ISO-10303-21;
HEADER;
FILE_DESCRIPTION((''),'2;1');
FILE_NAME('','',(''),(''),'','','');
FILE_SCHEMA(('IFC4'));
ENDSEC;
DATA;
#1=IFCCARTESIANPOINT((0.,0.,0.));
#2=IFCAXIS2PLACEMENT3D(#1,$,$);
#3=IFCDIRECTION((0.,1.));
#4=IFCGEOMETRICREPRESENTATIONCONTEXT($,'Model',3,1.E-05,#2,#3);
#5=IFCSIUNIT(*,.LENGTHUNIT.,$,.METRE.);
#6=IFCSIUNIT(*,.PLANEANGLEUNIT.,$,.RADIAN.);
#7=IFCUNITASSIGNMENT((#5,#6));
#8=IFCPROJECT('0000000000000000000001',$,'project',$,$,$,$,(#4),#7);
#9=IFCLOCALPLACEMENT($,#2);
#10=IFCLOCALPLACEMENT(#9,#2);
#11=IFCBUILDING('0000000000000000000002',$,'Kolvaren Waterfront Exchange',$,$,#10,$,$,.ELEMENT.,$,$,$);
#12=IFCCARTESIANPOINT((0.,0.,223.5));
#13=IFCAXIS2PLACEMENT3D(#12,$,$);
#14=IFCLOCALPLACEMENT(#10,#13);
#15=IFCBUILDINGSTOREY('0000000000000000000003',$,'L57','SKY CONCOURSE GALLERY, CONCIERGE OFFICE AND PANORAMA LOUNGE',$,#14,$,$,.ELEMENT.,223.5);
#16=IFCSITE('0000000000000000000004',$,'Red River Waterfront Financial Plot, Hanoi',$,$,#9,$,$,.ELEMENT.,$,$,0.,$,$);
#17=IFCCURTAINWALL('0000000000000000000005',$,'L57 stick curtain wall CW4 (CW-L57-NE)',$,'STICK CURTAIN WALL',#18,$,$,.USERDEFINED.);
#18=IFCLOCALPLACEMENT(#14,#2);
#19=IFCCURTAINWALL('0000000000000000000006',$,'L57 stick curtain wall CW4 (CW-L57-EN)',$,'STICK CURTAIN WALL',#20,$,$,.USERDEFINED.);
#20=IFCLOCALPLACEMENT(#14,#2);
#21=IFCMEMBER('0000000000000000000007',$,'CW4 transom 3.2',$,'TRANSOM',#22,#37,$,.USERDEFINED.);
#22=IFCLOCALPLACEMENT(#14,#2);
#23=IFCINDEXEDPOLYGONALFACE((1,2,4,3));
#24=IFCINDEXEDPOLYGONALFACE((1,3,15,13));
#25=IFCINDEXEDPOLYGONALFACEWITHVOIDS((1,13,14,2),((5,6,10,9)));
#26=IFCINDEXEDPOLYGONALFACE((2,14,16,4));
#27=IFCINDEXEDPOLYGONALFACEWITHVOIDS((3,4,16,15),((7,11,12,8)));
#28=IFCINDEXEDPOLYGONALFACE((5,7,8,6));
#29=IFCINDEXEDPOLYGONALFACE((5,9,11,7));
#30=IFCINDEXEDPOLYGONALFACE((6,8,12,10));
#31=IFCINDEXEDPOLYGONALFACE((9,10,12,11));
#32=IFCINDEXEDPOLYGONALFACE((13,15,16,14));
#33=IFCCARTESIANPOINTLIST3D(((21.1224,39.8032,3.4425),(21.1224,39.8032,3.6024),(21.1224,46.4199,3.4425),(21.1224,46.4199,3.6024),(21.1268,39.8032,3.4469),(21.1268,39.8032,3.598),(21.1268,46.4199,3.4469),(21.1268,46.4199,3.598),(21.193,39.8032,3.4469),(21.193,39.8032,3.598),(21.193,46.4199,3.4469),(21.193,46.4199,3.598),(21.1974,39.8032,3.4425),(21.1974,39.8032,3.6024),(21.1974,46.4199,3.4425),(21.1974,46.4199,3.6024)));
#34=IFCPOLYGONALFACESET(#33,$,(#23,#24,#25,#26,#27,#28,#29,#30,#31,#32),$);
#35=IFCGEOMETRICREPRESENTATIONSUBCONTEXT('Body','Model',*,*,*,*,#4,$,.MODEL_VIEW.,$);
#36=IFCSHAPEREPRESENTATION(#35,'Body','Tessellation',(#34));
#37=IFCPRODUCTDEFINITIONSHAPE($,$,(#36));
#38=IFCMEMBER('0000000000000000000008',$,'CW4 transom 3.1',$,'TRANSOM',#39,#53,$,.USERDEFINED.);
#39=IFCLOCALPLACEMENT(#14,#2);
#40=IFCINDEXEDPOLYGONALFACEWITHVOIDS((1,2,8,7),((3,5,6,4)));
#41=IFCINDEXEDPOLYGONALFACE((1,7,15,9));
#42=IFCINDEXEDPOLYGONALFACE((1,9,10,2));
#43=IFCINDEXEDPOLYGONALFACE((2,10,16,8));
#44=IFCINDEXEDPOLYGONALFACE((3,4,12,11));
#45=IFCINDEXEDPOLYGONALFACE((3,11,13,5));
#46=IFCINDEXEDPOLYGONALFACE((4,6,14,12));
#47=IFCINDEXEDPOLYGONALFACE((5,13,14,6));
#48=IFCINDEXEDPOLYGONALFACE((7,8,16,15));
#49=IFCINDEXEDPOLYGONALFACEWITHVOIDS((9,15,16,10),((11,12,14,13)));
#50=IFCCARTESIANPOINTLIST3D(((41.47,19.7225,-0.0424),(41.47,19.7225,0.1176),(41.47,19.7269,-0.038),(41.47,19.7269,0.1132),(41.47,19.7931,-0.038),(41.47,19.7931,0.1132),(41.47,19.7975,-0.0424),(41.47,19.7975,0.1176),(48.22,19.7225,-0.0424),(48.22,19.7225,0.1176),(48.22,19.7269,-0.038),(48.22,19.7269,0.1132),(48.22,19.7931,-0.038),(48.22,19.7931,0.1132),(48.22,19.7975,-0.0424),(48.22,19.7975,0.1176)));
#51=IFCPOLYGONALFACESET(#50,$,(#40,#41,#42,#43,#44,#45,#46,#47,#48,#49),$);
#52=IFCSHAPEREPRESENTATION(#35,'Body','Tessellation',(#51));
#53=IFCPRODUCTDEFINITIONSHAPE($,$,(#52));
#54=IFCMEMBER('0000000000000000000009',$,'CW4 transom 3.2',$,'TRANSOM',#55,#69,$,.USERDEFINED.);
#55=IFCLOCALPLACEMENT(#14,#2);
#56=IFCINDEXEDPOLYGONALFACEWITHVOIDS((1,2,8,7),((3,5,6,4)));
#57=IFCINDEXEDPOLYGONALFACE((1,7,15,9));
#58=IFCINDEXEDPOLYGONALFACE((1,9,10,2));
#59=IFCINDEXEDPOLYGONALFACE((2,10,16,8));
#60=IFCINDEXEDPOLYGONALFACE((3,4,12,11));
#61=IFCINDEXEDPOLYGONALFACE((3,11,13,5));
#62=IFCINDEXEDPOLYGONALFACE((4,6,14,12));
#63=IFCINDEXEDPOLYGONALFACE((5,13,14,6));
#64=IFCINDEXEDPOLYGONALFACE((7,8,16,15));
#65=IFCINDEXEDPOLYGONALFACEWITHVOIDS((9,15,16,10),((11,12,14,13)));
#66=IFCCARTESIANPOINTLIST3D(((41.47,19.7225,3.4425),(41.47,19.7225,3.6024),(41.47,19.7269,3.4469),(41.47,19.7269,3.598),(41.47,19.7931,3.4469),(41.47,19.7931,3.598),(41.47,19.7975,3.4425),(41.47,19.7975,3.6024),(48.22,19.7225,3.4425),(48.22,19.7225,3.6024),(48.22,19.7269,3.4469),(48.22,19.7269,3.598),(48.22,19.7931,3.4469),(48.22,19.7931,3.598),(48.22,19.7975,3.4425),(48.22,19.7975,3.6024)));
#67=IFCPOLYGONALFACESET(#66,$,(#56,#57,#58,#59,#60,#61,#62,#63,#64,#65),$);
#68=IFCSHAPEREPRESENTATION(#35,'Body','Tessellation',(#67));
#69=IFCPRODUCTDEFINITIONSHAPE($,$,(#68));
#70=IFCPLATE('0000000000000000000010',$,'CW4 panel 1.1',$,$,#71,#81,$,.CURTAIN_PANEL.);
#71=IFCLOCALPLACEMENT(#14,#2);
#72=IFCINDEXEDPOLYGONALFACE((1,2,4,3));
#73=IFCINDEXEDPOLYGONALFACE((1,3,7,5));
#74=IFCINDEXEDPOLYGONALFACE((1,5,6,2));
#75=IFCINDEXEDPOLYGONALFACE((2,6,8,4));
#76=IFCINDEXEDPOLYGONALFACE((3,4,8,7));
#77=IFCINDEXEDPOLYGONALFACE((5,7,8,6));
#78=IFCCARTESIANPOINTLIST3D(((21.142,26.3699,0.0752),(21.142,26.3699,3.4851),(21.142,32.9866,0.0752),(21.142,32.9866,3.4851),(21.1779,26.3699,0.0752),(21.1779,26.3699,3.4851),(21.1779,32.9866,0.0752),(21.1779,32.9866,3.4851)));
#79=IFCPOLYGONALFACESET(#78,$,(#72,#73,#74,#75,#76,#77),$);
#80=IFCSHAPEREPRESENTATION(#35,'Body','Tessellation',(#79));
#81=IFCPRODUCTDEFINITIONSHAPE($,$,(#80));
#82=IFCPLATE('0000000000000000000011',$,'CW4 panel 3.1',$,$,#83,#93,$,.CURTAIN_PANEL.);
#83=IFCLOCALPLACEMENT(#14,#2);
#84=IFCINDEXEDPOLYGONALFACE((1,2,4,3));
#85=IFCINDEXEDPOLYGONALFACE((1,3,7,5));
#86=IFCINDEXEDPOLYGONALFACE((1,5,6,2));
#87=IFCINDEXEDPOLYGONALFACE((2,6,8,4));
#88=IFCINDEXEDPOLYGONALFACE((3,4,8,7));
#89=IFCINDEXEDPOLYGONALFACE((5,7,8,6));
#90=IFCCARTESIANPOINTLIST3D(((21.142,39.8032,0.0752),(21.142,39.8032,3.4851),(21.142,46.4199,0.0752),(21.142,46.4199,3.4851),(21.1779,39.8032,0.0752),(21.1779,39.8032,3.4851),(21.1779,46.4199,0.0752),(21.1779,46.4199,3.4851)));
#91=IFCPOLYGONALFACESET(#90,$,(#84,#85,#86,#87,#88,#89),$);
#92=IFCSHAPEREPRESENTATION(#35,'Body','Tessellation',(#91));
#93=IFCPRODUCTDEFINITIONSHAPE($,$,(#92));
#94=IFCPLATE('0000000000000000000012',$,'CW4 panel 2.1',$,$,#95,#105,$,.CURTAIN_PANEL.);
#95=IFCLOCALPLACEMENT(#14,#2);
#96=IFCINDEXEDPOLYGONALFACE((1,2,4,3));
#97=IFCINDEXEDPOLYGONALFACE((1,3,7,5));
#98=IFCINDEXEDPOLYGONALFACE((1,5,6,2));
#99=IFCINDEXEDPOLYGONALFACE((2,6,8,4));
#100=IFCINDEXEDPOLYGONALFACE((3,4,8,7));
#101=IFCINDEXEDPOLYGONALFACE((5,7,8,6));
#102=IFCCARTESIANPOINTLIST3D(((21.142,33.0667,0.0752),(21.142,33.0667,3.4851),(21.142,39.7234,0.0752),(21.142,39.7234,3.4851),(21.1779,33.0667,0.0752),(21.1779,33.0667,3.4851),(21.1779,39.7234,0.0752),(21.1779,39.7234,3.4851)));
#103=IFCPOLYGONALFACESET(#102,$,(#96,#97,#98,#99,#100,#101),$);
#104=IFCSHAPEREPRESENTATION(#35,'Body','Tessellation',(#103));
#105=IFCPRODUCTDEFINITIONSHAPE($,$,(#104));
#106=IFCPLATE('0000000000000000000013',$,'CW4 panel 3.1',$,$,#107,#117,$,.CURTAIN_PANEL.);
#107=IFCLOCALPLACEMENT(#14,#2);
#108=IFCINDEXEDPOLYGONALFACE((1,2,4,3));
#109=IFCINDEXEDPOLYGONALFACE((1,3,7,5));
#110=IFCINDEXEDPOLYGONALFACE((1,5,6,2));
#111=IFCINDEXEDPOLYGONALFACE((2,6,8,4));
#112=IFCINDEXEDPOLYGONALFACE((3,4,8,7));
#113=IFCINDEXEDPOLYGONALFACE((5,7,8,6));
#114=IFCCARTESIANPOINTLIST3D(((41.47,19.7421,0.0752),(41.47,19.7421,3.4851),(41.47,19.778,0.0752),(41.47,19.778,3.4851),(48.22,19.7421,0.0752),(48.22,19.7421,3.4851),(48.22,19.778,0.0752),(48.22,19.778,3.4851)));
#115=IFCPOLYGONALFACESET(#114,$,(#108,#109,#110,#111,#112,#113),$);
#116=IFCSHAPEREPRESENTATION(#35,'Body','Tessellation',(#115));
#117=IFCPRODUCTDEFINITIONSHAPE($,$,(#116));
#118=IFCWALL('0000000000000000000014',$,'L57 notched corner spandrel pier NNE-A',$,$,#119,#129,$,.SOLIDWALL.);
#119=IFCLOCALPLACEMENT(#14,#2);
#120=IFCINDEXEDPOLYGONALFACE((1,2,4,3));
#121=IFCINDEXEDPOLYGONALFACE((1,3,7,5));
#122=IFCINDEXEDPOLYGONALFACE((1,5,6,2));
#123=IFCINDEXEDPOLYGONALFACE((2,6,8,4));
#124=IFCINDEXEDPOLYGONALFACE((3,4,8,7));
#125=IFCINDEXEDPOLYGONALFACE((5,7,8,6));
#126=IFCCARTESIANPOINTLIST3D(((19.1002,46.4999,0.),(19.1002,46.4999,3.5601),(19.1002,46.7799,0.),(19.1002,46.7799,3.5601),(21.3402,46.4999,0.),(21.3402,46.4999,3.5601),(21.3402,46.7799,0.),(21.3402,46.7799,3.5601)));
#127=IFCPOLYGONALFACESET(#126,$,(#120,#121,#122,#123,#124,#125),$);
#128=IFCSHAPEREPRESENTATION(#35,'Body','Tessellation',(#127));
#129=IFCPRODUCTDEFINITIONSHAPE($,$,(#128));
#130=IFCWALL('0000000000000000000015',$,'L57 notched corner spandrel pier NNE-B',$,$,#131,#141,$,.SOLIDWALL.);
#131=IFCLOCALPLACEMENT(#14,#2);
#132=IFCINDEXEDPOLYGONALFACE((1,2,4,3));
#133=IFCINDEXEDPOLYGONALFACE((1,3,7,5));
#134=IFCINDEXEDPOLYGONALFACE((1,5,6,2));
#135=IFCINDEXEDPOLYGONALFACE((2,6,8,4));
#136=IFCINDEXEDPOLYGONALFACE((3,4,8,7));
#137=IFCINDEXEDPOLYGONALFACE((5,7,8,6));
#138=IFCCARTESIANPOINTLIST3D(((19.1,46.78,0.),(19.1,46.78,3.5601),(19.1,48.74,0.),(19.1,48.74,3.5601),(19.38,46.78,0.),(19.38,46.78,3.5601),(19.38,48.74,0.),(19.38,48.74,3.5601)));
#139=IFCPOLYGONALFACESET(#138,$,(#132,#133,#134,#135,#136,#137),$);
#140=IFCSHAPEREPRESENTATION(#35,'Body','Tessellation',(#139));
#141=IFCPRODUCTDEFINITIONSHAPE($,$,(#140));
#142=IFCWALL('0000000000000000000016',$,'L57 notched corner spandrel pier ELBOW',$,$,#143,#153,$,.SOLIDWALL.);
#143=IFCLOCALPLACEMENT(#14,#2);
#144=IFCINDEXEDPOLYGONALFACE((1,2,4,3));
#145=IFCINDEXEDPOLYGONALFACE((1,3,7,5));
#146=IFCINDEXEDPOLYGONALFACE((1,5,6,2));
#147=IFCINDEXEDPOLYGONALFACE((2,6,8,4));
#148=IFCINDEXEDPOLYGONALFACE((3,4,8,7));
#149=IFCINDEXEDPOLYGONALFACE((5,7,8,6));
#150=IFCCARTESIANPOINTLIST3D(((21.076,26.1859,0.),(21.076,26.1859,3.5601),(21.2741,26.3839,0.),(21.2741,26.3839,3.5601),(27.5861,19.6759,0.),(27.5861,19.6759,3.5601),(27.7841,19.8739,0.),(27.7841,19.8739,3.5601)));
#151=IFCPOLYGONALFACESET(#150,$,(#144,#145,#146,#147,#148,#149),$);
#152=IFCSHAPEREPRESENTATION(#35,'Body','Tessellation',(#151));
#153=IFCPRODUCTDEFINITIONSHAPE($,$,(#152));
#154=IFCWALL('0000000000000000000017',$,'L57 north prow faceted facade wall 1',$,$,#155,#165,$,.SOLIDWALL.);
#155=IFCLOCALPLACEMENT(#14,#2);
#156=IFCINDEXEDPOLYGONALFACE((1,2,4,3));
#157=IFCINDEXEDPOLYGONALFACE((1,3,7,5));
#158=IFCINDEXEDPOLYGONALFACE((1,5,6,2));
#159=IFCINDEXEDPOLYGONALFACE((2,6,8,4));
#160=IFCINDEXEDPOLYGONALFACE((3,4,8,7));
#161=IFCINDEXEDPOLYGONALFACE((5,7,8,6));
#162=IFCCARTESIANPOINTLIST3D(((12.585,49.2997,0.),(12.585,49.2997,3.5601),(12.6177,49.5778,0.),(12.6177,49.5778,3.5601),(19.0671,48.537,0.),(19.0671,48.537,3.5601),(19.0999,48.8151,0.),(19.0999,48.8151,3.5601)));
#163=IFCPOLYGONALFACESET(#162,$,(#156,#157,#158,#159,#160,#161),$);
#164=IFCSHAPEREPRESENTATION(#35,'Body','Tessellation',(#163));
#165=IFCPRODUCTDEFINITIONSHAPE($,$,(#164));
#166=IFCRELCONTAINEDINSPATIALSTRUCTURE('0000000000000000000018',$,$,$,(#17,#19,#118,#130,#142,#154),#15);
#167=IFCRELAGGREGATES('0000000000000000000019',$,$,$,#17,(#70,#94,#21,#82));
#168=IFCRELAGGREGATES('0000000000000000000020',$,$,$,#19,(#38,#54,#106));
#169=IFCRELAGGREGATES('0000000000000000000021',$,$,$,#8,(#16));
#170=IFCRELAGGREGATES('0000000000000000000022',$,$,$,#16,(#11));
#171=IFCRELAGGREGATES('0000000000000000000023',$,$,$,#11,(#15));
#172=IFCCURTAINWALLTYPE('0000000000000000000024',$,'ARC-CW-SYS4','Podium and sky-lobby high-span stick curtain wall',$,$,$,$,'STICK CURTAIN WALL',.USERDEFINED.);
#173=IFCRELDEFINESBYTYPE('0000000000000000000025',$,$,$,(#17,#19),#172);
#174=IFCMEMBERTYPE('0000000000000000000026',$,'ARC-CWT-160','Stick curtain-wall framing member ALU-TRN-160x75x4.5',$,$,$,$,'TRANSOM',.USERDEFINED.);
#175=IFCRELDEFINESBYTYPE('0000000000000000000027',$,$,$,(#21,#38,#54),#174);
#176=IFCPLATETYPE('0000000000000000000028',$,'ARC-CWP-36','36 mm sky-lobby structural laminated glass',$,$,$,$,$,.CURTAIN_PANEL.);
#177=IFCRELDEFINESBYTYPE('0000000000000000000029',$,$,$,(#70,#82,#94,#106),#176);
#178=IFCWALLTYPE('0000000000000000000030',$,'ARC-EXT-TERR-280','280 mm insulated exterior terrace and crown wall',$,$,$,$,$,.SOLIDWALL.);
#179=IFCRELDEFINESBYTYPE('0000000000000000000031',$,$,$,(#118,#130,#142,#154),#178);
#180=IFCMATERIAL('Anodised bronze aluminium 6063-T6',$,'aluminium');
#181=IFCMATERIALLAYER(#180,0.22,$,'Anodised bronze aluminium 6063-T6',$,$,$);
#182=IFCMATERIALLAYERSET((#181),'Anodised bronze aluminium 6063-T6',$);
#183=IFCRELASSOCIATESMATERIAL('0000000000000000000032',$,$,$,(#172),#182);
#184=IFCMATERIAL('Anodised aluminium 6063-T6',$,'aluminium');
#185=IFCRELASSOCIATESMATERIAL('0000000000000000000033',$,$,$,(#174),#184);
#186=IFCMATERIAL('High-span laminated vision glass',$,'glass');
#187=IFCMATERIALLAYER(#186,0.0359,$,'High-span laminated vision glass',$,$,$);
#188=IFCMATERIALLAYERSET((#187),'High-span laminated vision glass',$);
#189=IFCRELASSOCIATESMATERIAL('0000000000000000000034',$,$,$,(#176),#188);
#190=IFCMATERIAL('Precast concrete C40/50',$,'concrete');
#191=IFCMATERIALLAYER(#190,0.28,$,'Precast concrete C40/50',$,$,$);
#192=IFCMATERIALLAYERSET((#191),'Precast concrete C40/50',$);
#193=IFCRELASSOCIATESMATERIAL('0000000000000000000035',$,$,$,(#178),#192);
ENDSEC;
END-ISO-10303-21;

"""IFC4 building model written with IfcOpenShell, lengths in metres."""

from ifc_helpers import new_model, si_unit, direction, frame, frame_2d, origin, origin_with_axes, origin_2d, place, context, subcontext, project, spatial, rectangle, hollow_rectangle, extrude, source, transform, mapped, material, layer, layer_set, material_profile, profile_set, type_object, element, aggregate, save


model = new_model("IFC4")

# Units and contexts
model_context = context("Model", 3, precision=1e-05, world=origin(), true_north=direction((0.0, 1.0)))
body_context = subcontext(model_context, "Body", "Model", "MODEL_VIEW")
ifc_project = project(units=[si_unit("LENGTHUNIT", "METRE"), si_unit("PLANEANGLEUNIT", "RADIAN")], contexts=[model_context])

# Site, building, storey
site_placement = place(None, origin())
site = spatial("IfcSite", under=ifc_project, at=site_placement, Name="Red River Waterfront Financial Plot, Hanoi", CompositionType="ELEMENT", RefElevation=0.0)
building_placement = place(site_placement, origin())
building = spatial("IfcBuilding", under=site, at=building_placement, Name="Kolvaren Waterfront Exchange", CompositionType="ELEMENT")
storey_placement = place(building_placement, frame((0.0, 0.0, 223.5)))
storey = spatial("IfcBuildingStorey", under=building, at=storey_placement, Name="L57", Description="SKY CONCOURSE GALLERY, CONCIERGE OFFICE AND PANORAMA LOUNGE", CompositionType="ELEMENT", Elevation=223.5)

# Curtain wall
ifc_material_1 = material(Name="Anodised bronze aluminium 6063-T6", Category="aluminium")
ifc_layer_1 = layer(ifc_material_1, 0.22, Name="Anodised bronze aluminium 6063-T6")
ifc_layer_set_1 = layer_set([ifc_layer_1], Name="Anodised bronze aluminium 6063-T6")
curtain_wall_type = type_object("IfcCurtainWallType", Name="ARC-CW-SYS4", Description="Podium and sky-lobby high-span stick curtain wall", ElementType="STICK CURTAIN WALL", PredefinedType="USERDEFINED", material=ifc_layer_set_1)
curtain_wall_1_placement = place(storey_placement, origin())
curtain_wall_1 = element("IfcCurtainWall", 1, at=curtain_wall_1_placement, inside=storey, type_object=curtain_wall_type, Name="L57 stick curtain wall CW4 (CW-L57-NE)", ObjectType="STICK CURTAIN WALL", PredefinedType="USERDEFINED")
ifc_material_2 = material(Name="Anodised aluminium 6063-T6", Category="aluminium")

# Curtain wall
curtain_wall_2_placement = place(storey_placement, origin())
curtain_wall_2 = element("IfcCurtainWall", 2, at=curtain_wall_2_placement, inside=storey, type_object=curtain_wall_type, Name="L57 stick curtain wall CW4 (CW-L57-EN)", ObjectType="STICK CURTAIN WALL", PredefinedType="USERDEFINED")

# Members
ifc_material_profile_1 = material_profile(ifc_material_2, hollow_rectangle(XDim=0.075, YDim=0.1599, WallThickness=0.0044, at=origin_2d()), Name="ALU-TRN-160x75x4.5")
ifc_profile_set_1 = profile_set([ifc_material_profile_1], Name="Anodised aluminium 6063-T6")
member_type_1 = type_object("IfcMemberType", Name="ARC-CWT-160", Description="Stick curtain-wall framing member ALU-TRN-160x75x4.5", ElementType="TRANSOM", PredefinedType="USERDEFINED", material=ifc_profile_set_1)
shared_shape_1 = source(origin_with_axes(), body_context, "Body", "SweptSolid", [
    extrude(hollow_rectangle(XDim=0.075, YDim=0.1599, WallThickness=0.0044, at=origin_2d()), origin(), (0.0, 0.0, 1.0), 6.6167),
])
member_1_placement = place(storey_placement, frame((21.1599, 39.8032, 3.5225), z_axis=(0.0, 1.0, 0.0), x_axis=(-1.0, 0.0, 0.0)))
member_1 = element("IfcMember", 3, at=member_1_placement, type_object=member_type_1, Name="CW4 transom 3.2", ObjectType="TRANSOM", PredefinedType="USERDEFINED", context=body_context, shape_type="MappedRepresentation", body=[
    mapped(shared_shape_1, transform((0.0, 0.0, 0.0), x_axis=(1.0, 0.0, 0.0), y_axis=(0.0, 1.0, 0.0), z_axis=(0.0, 0.0, 1.0), scale=1.0)),
])
shared_shape_2 = source(origin_with_axes(), body_context, "Body", "SweptSolid", [
    extrude(hollow_rectangle(XDim=0.075, YDim=0.1599, WallThickness=0.0044, at=origin_2d()), origin(), (0.0, 0.0, 1.0), 6.75),
])
member_2_placement = place(storey_placement, frame((41.47, 19.76, 0.0376), z_axis=(1.0, 0.0, 0.0), x_axis=(0.0, 1.0, 0.0)))
member_2 = element("IfcMember", 4, at=member_2_placement, type_object=member_type_1, Name="CW4 transom 3.1", ObjectType="TRANSOM", PredefinedType="USERDEFINED", context=body_context, shape_type="MappedRepresentation", body=[
    mapped(shared_shape_2, transform((0.0, 0.0, 0.0), x_axis=(1.0, 0.0, 0.0), y_axis=(0.0, 1.0, 0.0), z_axis=(0.0, 0.0, 1.0), scale=1.0)),
])
member_3_placement = place(storey_placement, frame((41.47, 19.76, 3.5225), z_axis=(1.0, 0.0, 0.0), x_axis=(0.0, 1.0, 0.0)))
member_3 = element("IfcMember", 5, at=member_3_placement, type_object=member_type_1, Name="CW4 transom 3.2", ObjectType="TRANSOM", PredefinedType="USERDEFINED", context=body_context, shape_type="MappedRepresentation", body=[
    mapped(shared_shape_2, transform((0.0, 0.0, 0.0), x_axis=(1.0, 0.0, 0.0), y_axis=(0.0, 1.0, 0.0), z_axis=(0.0, 0.0, 1.0), scale=1.0)),
])

# Plates
ifc_material_3 = material(Name="High-span laminated vision glass", Category="glass")
ifc_layer_2 = layer(ifc_material_3, 0.0359, Name="High-span laminated vision glass")
ifc_layer_set_2 = layer_set([ifc_layer_2], Name="High-span laminated vision glass")
plate_type = type_object("IfcPlateType", Name="ARC-CWP-36", Description="36 mm sky-lobby structural laminated glass", PredefinedType="CURTAIN_PANEL", material=ifc_layer_set_2)
shared_shape_3 = source(origin_with_axes(), body_context, "Body", "SweptSolid", [
    extrude(rectangle(XDim=6.6167, YDim=0.0359, at=origin_2d()), origin(), (0.0, 0.0, 1.0), 3.4099),
])
plate_1_placement = place(storey_placement, frame((21.1599, 29.6782, 0.0752), z_axis=(0.0, 0.0, 1.0), x_axis=(0.0, 1.0, 0.0)))
plate_1 = element("IfcPlate", 6, at=plate_1_placement, type_object=plate_type, Name="CW4 panel 1.1", PredefinedType="CURTAIN_PANEL", context=body_context, shape_type="MappedRepresentation", body=[
    mapped(shared_shape_3, transform((0.0, 0.0, 0.0), x_axis=(1.0, 0.0, 0.0), y_axis=(0.0, 1.0, 0.0), z_axis=(0.0, 0.0, 1.0), scale=1.0)),
])
plate_2_placement = place(storey_placement, frame((21.1599, 43.1116, 0.0752), z_axis=(0.0, 0.0, 1.0), x_axis=(0.0, 1.0, 0.0)))
plate_2 = element("IfcPlate", 7, at=plate_2_placement, type_object=plate_type, Name="CW4 panel 3.1", PredefinedType="CURTAIN_PANEL", context=body_context, shape_type="MappedRepresentation", body=[
    mapped(shared_shape_3, transform((0.0, 0.0, 0.0), x_axis=(1.0, 0.0, 0.0), y_axis=(0.0, 1.0, 0.0), z_axis=(0.0, 0.0, 1.0), scale=1.0)),
])
shared_shape_4 = source(origin_with_axes(), body_context, "Body", "SweptSolid", [
    extrude(rectangle(XDim=6.6567, YDim=0.0359, at=origin_2d()), origin(), (0.0, 0.0, 1.0), 3.4099),
])
plate_3_placement = place(storey_placement, frame((21.1599, 36.395, 0.0752), z_axis=(0.0, 0.0, 1.0), x_axis=(0.0, 1.0, 0.0)))
plate_3 = element("IfcPlate", 8, at=plate_3_placement, type_object=plate_type, Name="CW4 panel 2.1", PredefinedType="CURTAIN_PANEL", context=body_context, shape_type="MappedRepresentation", body=[
    mapped(shared_shape_4, transform((0.0, 0.0, 0.0), x_axis=(1.0, 0.0, 0.0), y_axis=(0.0, 1.0, 0.0), z_axis=(0.0, 0.0, 1.0), scale=1.0)),
])
aggregate(curtain_wall_1, [plate_1, plate_3, member_1, plate_2])
shared_shape_5 = source(origin_with_axes(), body_context, "Body", "SweptSolid", [
    extrude(rectangle(XDim=6.75, YDim=0.0359, at=origin_2d()), origin(), (0.0, 0.0, 1.0), 3.4099),
])
plate_4_placement = place(storey_placement, frame((44.845, 19.76, 0.0752), z_axis=(0.0, 0.0, 1.0), x_axis=(1.0, 0.0, 0.0)))
plate_4 = element("IfcPlate", 9, at=plate_4_placement, type_object=plate_type, Name="CW4 panel 3.1", PredefinedType="CURTAIN_PANEL", context=body_context, shape_type="MappedRepresentation", body=[
    mapped(shared_shape_5, transform((0.0, 0.0, 0.0), x_axis=(1.0, 0.0, 0.0), y_axis=(0.0, 1.0, 0.0), z_axis=(0.0, 0.0, 1.0), scale=1.0)),
])
aggregate(curtain_wall_2, [member_2, member_3, plate_4])

# Walls
ifc_material_4 = material(Name="Precast concrete C40/50", Category="concrete")
ifc_layer_3 = layer(ifc_material_4, 0.28, Name="Precast concrete C40/50")
ifc_layer_set_3 = layer_set([ifc_layer_3], Name="Precast concrete C40/50")
wall_type = type_object("IfcWallType", Name="ARC-EXT-TERR-280", Description="280 mm insulated exterior terrace and crown wall", PredefinedType="SOLIDWALL", material=ifc_layer_set_3)
wall_1_placement = place(storey_placement, frame((19.1001, 46.6399, 0.0), z_axis=(0.0, 0.0, 1.0), x_axis=(1.0, 0.0, 0.0)))
element("IfcWall", 10, at=wall_1_placement, inside=storey, type_object=wall_type, Name="L57 notched corner spandrel pier NNE-A", PredefinedType="SOLIDWALL", context=body_context, shape_type="SweptSolid", body=[
    extrude(rectangle(XDim=2.24, YDim=0.28, at=frame_2d((1.1201, 0.0))), origin(), (0.0, 0.0, 1.0), 3.5601),
])
wall_2_placement = place(storey_placement, frame((19.24, 46.78, 0.0), z_axis=(0.0, 0.0, 1.0), x_axis=(0.0, 1.0, 0.0)))
element("IfcWall", 11, at=wall_2_placement, inside=storey, type_object=wall_type, Name="L57 notched corner spandrel pier NNE-B", PredefinedType="SOLIDWALL", context=body_context, shape_type="SweptSolid", body=[
    extrude(rectangle(XDim=1.96, YDim=0.28, at=frame_2d((0.98, 0.0))), origin(), (0.0, 0.0, 1.0), 3.5601),
])
wall_3_placement = place(storey_placement, frame((27.6851, 19.7749, 0.0), z_axis=(0.0, 0.0, 1.0), x_axis=(-0.707107, 0.707107, 0.0)))
element("IfcWall", 12, at=wall_3_placement, inside=storey, type_object=wall_type, Name="L57 notched corner spandrel pier ELBOW", PredefinedType="SOLIDWALL", context=body_context, shape_type="SweptSolid", body=[
    extrude(rectangle(XDim=9.2065, YDim=0.28, at=frame_2d((4.6033, 0.0))), origin(), (0.0, 0.0, 1.0), 3.5601),
])
wall_4_placement = place(storey_placement, frame((19.0835, 48.676, 0.0), z_axis=(0.0, 0.0, 1.0), x_axis=(-0.993149, 0.116854, 0.0)))
element("IfcWall", 13, at=wall_4_placement, inside=storey, type_object=wall_type, Name="L57 north prow faceted facade wall 1", PredefinedType="SOLIDWALL", context=body_context, shape_type="SweptSolid", body=[
    extrude(rectangle(XDim=6.5269, YDim=0.28, at=frame_2d((3.2634, 0.0))), origin(), (0.0, 0.0, 1.0), 3.5601),
])

save(model, "model.ifc")
